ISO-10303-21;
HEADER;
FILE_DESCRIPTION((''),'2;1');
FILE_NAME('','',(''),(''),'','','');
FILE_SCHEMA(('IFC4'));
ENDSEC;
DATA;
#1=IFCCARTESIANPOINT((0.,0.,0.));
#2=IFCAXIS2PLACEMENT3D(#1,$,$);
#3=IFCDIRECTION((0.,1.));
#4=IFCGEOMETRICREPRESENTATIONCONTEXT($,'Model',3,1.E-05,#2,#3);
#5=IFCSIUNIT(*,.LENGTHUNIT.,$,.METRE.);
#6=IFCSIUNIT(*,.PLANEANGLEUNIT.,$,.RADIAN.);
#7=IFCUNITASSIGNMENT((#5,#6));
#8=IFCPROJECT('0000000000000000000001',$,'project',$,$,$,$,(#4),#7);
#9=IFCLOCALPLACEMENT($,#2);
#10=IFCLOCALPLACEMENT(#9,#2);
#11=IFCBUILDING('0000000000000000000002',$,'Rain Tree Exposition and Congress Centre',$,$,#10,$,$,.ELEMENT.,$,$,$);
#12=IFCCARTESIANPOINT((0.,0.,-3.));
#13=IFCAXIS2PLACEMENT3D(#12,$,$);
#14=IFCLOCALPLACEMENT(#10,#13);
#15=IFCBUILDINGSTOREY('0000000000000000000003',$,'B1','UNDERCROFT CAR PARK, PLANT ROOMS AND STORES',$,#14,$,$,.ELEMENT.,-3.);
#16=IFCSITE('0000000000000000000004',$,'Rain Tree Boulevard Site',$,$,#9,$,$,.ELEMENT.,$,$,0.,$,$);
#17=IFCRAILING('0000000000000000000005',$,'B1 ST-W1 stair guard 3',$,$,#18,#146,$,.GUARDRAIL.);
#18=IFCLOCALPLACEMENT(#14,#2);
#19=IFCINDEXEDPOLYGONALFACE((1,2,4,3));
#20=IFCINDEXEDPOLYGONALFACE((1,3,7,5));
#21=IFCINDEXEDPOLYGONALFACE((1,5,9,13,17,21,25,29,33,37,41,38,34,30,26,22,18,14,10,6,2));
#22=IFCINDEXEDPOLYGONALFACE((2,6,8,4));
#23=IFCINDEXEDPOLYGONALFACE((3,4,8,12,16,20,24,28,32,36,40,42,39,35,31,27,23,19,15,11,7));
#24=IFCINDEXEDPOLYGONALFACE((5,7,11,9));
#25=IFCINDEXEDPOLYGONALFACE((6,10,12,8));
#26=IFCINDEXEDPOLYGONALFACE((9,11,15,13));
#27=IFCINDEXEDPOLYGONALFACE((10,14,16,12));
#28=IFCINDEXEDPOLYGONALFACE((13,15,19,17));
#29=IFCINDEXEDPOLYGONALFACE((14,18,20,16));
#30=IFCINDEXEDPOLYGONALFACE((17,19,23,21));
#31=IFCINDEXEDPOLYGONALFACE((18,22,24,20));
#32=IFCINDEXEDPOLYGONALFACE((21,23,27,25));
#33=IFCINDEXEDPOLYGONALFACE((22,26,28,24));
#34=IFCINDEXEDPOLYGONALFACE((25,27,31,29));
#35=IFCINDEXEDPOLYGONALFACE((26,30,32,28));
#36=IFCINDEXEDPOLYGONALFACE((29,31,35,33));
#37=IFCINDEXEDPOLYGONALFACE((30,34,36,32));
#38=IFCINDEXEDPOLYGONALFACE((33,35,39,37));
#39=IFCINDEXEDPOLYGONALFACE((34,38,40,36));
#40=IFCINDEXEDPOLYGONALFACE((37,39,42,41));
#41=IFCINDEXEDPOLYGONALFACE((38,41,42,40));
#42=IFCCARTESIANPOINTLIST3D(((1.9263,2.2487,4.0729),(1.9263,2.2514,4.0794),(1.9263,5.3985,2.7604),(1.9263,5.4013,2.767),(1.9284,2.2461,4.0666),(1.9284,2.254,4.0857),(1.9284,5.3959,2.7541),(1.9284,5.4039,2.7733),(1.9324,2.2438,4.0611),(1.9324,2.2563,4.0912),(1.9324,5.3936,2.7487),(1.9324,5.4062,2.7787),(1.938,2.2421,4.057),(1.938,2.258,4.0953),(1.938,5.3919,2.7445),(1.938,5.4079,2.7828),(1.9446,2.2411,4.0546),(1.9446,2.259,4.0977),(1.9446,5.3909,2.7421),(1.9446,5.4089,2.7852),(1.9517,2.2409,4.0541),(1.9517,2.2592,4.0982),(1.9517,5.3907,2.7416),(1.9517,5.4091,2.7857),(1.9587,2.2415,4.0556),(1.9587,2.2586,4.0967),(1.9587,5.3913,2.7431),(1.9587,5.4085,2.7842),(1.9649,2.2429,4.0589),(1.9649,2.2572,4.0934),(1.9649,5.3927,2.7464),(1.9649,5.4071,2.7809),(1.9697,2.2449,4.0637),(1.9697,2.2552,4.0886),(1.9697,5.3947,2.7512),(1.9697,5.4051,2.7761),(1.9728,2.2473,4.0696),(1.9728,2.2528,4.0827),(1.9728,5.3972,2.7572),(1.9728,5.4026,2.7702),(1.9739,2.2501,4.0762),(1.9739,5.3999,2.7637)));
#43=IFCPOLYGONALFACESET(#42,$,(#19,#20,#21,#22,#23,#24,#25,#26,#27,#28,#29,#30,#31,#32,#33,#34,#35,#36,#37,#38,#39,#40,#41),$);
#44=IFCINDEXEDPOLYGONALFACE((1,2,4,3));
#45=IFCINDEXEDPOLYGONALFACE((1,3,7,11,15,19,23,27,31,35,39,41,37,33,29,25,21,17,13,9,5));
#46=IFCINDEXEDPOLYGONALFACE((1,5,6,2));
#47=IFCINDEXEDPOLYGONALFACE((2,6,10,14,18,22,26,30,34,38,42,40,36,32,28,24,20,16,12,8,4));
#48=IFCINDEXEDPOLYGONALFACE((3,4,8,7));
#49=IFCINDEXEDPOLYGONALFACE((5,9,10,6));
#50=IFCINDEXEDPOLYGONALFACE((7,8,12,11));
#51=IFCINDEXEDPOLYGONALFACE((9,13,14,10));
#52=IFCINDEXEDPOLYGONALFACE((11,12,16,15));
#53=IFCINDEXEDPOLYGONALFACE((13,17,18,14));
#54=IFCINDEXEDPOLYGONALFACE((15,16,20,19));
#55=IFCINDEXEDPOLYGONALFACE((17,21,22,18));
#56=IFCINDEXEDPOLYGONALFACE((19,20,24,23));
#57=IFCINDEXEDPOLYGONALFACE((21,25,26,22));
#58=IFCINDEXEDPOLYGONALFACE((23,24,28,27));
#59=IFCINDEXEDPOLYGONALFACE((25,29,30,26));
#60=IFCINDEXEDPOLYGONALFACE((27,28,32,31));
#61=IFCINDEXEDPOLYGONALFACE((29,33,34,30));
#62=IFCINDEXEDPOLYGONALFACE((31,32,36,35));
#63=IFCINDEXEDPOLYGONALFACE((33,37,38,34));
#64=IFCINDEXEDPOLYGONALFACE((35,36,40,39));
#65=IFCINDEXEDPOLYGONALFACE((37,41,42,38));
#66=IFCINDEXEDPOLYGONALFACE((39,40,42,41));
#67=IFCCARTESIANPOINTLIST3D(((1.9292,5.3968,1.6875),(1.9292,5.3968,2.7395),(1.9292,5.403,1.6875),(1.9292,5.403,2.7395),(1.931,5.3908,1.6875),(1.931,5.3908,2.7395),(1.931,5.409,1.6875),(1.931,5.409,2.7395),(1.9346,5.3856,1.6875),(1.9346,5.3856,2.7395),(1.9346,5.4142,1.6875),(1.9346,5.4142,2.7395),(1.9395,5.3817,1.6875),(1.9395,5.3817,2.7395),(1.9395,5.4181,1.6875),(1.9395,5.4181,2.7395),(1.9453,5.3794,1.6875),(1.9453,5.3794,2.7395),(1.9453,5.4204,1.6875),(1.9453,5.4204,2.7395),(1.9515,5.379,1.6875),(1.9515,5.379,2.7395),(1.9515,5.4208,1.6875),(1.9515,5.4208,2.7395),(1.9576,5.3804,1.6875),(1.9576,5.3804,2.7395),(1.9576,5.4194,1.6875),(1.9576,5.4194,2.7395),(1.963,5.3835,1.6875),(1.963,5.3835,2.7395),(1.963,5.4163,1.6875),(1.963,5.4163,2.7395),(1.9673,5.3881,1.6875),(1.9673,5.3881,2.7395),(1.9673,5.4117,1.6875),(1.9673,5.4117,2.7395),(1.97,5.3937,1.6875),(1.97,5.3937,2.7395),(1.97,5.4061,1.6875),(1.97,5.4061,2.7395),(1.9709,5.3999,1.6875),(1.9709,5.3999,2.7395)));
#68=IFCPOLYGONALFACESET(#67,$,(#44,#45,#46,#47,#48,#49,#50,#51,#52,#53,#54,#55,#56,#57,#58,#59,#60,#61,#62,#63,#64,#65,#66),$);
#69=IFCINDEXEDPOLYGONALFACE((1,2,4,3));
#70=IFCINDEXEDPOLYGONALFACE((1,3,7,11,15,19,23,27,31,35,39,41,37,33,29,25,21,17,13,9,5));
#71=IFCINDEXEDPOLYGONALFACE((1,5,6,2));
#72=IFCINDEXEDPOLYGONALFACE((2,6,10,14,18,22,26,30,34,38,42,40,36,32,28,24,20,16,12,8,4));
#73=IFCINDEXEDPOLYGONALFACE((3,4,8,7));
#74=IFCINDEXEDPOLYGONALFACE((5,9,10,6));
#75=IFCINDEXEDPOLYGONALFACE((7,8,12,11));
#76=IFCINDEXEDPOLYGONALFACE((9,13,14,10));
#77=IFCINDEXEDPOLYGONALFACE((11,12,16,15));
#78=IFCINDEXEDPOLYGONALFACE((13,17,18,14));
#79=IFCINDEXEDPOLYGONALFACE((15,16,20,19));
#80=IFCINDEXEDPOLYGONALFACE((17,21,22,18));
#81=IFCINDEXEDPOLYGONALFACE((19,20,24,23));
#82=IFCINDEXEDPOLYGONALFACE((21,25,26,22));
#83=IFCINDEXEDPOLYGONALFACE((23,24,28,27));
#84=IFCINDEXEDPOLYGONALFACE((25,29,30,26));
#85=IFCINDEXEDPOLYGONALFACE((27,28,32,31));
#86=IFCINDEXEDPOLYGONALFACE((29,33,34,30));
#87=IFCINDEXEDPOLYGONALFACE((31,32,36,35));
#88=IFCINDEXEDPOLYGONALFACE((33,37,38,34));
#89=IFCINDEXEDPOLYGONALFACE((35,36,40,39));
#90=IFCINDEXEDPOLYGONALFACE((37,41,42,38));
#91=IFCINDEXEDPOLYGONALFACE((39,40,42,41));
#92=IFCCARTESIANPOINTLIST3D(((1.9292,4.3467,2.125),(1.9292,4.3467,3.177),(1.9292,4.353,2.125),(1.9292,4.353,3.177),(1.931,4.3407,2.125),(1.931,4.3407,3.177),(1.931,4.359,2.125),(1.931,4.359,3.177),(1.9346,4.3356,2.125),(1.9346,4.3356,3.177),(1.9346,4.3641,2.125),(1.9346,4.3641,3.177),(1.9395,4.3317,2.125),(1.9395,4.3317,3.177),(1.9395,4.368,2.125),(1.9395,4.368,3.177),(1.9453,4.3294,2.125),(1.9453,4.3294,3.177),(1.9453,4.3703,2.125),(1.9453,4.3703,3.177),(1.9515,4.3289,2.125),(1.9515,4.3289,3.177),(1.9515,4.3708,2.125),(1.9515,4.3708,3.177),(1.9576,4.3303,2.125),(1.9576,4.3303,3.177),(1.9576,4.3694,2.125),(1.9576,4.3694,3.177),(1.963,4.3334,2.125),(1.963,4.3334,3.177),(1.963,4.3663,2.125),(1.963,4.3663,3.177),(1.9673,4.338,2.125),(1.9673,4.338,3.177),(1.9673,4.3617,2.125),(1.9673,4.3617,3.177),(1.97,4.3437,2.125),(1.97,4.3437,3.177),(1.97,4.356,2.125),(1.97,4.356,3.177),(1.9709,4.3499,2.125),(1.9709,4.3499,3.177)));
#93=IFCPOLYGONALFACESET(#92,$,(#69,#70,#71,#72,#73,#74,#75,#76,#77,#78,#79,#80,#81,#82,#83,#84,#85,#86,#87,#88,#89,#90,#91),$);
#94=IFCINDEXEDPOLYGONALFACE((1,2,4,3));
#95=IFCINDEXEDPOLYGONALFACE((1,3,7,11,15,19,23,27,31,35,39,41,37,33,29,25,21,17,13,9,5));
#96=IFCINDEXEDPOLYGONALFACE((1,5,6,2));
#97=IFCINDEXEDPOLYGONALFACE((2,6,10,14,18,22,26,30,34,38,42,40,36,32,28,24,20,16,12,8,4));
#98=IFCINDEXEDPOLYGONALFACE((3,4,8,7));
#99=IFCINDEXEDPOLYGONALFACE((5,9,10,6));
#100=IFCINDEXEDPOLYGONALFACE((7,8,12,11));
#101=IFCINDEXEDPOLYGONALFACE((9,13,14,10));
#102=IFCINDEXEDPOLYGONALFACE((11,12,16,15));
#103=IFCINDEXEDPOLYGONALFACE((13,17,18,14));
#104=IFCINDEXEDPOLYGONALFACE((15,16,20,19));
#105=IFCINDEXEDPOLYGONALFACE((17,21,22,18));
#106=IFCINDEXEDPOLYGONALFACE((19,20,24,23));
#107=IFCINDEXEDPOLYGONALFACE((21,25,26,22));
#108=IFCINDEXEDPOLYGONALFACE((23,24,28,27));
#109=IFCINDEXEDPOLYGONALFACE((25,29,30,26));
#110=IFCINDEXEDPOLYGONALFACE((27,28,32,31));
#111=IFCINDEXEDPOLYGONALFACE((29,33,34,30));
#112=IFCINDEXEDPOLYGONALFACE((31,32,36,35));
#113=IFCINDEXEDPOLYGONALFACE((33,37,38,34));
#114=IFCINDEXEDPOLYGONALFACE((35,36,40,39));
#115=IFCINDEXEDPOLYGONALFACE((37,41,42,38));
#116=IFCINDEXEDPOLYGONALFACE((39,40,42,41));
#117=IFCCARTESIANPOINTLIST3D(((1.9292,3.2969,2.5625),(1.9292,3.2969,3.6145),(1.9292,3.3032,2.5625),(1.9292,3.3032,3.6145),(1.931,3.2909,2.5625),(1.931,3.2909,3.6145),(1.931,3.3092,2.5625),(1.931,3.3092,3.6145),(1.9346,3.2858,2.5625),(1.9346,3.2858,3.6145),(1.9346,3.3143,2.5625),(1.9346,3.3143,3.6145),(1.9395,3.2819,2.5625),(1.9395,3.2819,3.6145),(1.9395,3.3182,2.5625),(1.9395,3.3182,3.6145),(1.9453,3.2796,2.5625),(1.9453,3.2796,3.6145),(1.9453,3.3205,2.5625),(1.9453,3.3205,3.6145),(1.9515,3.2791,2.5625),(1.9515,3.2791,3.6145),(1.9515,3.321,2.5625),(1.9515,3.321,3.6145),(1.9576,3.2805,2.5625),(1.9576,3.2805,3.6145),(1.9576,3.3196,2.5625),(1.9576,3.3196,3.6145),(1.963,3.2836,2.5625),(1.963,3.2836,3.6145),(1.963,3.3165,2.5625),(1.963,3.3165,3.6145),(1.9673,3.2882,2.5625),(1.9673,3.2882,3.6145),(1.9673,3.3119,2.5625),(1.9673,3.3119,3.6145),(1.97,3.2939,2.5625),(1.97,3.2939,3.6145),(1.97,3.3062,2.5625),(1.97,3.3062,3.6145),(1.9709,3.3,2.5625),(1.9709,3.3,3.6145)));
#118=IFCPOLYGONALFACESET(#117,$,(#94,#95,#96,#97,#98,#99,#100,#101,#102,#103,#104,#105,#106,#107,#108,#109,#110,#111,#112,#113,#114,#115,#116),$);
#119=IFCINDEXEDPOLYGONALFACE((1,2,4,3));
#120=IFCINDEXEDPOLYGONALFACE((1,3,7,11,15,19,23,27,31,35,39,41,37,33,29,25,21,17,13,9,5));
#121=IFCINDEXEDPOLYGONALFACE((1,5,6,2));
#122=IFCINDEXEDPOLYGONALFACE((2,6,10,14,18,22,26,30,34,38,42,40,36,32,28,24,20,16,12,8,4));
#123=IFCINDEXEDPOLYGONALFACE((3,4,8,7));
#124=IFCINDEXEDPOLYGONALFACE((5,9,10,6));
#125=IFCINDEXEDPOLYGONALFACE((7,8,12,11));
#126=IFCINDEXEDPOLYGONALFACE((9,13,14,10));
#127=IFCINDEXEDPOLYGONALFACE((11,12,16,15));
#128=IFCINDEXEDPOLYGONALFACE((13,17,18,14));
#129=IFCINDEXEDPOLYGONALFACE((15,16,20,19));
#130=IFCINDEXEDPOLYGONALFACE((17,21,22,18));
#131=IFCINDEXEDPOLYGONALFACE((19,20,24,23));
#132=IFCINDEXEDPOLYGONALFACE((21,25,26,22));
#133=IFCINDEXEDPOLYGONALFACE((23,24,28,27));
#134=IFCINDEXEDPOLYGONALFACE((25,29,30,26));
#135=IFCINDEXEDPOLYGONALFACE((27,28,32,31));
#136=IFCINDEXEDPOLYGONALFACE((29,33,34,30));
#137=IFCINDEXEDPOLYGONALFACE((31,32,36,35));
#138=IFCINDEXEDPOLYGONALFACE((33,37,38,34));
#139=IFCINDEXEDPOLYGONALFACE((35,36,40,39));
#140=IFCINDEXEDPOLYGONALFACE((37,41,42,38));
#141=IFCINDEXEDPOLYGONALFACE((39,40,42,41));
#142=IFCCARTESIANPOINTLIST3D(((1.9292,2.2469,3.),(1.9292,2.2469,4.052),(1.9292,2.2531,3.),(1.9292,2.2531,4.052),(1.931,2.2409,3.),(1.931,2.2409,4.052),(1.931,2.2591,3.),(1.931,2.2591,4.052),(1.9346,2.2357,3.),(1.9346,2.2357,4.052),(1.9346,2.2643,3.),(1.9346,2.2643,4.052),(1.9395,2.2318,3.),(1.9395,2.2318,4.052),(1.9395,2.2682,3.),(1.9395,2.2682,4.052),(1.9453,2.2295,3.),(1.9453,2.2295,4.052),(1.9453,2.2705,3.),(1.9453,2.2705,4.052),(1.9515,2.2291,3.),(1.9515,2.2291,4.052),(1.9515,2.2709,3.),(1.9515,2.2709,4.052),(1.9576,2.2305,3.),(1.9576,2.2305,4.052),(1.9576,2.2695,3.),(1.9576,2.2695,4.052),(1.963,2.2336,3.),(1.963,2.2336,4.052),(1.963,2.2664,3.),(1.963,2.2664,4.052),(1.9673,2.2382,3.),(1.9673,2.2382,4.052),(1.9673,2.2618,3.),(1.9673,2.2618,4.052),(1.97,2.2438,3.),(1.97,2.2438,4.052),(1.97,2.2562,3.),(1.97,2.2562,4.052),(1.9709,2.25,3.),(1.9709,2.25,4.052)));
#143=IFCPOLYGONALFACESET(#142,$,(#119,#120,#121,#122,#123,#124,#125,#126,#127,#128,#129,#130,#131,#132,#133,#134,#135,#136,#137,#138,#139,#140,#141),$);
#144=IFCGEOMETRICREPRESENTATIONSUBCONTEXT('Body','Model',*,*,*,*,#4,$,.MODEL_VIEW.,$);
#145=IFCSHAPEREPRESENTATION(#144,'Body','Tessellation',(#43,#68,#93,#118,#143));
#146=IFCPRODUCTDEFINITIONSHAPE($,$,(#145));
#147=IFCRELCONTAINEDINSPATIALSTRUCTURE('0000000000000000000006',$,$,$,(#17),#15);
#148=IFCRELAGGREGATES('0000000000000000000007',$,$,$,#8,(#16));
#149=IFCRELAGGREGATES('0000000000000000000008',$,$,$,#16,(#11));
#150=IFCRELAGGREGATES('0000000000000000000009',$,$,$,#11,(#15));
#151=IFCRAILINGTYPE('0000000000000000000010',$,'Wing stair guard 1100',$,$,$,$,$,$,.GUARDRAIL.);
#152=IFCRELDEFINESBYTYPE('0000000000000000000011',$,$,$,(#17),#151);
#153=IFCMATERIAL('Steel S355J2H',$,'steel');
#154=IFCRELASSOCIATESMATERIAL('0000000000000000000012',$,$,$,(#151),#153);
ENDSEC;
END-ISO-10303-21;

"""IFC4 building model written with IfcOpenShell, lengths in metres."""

from ifc_helpers import new_model, si_unit, direction, frame, origin, origin_2d, place, context, subcontext, project, spatial, circle, extrude, material, type_object, element, save


model = new_model("IFC4")

# Units and contexts
model_context = context("Model", 3, precision=1e-05, world=origin(), true_north=direction((0.0, 1.0)))
body_context = subcontext(model_context, "Body", "Model", "MODEL_VIEW")
ifc_project = project(units=[si_unit("LENGTHUNIT", "METRE"), si_unit("PLANEANGLEUNIT", "RADIAN")], contexts=[model_context])

# Site, building, storey
site_placement = place(None, origin())
site = spatial("IfcSite", under=ifc_project, at=site_placement, Name="Rain Tree Boulevard Site", CompositionType="ELEMENT", RefElevation=0.0)
building_placement = place(site_placement, origin())
building = spatial("IfcBuilding", under=site, at=building_placement, Name="Rain Tree Exposition and Congress Centre", CompositionType="ELEMENT")
storey_placement = place(building_placement, frame((0.0, 0.0, -3.0)))
storey = spatial("IfcBuildingStorey", under=building, at=storey_placement, Name="B1", Description="UNDERCROFT CAR PARK, PLANT ROOMS AND STORES", CompositionType="ELEMENT", Elevation=-3.0)

# Railing
ifc_material_1 = material(Name="Steel S355J2H", Category="steel")
railing_type_1 = type_object("IfcRailingType", Name="Wing stair guard 1100", PredefinedType="GUARDRAIL", material=ifc_material_1)
railing_1_placement = place(storey_placement, frame((1.95, 5.3999, 1.6875)))
element("IfcRailing", 1, at=railing_1_placement, inside=storey, type_object=railing_type_1, Name="B1 ST-W1 stair guard 3", PredefinedType="GUARDRAIL", context=body_context, shape_type="SweptSolid", body=[
    extrude(circle(Radius=0.0239, at=origin_2d()), frame((0.0, 0.0, 1.0762), z_axis=(0.0, -0.923073, 0.384626), x_axis=(1.0, 0.0, 0.0)), (0.0, 0.0, 1.0), 3.4124),
    extrude(circle(Radius=0.021, at=origin_2d()), origin(), (0.0, 0.0, 1.0), 1.052),
    extrude(circle(Radius=0.021, at=origin_2d()), frame((0.0, -1.05, 0.4375)), (0.0, 0.0, 1.0), 1.052),
    extrude(circle(Radius=0.021, at=origin_2d()), frame((0.0, -2.0999, 0.875)), (0.0, 0.0, 1.0), 1.052),
    extrude(circle(Radius=0.021, at=origin_2d()), frame((0.0, -3.1499, 1.3125)), (0.0, 0.0, 1.0), 1.052),
])

save(model, "model.ifc")
